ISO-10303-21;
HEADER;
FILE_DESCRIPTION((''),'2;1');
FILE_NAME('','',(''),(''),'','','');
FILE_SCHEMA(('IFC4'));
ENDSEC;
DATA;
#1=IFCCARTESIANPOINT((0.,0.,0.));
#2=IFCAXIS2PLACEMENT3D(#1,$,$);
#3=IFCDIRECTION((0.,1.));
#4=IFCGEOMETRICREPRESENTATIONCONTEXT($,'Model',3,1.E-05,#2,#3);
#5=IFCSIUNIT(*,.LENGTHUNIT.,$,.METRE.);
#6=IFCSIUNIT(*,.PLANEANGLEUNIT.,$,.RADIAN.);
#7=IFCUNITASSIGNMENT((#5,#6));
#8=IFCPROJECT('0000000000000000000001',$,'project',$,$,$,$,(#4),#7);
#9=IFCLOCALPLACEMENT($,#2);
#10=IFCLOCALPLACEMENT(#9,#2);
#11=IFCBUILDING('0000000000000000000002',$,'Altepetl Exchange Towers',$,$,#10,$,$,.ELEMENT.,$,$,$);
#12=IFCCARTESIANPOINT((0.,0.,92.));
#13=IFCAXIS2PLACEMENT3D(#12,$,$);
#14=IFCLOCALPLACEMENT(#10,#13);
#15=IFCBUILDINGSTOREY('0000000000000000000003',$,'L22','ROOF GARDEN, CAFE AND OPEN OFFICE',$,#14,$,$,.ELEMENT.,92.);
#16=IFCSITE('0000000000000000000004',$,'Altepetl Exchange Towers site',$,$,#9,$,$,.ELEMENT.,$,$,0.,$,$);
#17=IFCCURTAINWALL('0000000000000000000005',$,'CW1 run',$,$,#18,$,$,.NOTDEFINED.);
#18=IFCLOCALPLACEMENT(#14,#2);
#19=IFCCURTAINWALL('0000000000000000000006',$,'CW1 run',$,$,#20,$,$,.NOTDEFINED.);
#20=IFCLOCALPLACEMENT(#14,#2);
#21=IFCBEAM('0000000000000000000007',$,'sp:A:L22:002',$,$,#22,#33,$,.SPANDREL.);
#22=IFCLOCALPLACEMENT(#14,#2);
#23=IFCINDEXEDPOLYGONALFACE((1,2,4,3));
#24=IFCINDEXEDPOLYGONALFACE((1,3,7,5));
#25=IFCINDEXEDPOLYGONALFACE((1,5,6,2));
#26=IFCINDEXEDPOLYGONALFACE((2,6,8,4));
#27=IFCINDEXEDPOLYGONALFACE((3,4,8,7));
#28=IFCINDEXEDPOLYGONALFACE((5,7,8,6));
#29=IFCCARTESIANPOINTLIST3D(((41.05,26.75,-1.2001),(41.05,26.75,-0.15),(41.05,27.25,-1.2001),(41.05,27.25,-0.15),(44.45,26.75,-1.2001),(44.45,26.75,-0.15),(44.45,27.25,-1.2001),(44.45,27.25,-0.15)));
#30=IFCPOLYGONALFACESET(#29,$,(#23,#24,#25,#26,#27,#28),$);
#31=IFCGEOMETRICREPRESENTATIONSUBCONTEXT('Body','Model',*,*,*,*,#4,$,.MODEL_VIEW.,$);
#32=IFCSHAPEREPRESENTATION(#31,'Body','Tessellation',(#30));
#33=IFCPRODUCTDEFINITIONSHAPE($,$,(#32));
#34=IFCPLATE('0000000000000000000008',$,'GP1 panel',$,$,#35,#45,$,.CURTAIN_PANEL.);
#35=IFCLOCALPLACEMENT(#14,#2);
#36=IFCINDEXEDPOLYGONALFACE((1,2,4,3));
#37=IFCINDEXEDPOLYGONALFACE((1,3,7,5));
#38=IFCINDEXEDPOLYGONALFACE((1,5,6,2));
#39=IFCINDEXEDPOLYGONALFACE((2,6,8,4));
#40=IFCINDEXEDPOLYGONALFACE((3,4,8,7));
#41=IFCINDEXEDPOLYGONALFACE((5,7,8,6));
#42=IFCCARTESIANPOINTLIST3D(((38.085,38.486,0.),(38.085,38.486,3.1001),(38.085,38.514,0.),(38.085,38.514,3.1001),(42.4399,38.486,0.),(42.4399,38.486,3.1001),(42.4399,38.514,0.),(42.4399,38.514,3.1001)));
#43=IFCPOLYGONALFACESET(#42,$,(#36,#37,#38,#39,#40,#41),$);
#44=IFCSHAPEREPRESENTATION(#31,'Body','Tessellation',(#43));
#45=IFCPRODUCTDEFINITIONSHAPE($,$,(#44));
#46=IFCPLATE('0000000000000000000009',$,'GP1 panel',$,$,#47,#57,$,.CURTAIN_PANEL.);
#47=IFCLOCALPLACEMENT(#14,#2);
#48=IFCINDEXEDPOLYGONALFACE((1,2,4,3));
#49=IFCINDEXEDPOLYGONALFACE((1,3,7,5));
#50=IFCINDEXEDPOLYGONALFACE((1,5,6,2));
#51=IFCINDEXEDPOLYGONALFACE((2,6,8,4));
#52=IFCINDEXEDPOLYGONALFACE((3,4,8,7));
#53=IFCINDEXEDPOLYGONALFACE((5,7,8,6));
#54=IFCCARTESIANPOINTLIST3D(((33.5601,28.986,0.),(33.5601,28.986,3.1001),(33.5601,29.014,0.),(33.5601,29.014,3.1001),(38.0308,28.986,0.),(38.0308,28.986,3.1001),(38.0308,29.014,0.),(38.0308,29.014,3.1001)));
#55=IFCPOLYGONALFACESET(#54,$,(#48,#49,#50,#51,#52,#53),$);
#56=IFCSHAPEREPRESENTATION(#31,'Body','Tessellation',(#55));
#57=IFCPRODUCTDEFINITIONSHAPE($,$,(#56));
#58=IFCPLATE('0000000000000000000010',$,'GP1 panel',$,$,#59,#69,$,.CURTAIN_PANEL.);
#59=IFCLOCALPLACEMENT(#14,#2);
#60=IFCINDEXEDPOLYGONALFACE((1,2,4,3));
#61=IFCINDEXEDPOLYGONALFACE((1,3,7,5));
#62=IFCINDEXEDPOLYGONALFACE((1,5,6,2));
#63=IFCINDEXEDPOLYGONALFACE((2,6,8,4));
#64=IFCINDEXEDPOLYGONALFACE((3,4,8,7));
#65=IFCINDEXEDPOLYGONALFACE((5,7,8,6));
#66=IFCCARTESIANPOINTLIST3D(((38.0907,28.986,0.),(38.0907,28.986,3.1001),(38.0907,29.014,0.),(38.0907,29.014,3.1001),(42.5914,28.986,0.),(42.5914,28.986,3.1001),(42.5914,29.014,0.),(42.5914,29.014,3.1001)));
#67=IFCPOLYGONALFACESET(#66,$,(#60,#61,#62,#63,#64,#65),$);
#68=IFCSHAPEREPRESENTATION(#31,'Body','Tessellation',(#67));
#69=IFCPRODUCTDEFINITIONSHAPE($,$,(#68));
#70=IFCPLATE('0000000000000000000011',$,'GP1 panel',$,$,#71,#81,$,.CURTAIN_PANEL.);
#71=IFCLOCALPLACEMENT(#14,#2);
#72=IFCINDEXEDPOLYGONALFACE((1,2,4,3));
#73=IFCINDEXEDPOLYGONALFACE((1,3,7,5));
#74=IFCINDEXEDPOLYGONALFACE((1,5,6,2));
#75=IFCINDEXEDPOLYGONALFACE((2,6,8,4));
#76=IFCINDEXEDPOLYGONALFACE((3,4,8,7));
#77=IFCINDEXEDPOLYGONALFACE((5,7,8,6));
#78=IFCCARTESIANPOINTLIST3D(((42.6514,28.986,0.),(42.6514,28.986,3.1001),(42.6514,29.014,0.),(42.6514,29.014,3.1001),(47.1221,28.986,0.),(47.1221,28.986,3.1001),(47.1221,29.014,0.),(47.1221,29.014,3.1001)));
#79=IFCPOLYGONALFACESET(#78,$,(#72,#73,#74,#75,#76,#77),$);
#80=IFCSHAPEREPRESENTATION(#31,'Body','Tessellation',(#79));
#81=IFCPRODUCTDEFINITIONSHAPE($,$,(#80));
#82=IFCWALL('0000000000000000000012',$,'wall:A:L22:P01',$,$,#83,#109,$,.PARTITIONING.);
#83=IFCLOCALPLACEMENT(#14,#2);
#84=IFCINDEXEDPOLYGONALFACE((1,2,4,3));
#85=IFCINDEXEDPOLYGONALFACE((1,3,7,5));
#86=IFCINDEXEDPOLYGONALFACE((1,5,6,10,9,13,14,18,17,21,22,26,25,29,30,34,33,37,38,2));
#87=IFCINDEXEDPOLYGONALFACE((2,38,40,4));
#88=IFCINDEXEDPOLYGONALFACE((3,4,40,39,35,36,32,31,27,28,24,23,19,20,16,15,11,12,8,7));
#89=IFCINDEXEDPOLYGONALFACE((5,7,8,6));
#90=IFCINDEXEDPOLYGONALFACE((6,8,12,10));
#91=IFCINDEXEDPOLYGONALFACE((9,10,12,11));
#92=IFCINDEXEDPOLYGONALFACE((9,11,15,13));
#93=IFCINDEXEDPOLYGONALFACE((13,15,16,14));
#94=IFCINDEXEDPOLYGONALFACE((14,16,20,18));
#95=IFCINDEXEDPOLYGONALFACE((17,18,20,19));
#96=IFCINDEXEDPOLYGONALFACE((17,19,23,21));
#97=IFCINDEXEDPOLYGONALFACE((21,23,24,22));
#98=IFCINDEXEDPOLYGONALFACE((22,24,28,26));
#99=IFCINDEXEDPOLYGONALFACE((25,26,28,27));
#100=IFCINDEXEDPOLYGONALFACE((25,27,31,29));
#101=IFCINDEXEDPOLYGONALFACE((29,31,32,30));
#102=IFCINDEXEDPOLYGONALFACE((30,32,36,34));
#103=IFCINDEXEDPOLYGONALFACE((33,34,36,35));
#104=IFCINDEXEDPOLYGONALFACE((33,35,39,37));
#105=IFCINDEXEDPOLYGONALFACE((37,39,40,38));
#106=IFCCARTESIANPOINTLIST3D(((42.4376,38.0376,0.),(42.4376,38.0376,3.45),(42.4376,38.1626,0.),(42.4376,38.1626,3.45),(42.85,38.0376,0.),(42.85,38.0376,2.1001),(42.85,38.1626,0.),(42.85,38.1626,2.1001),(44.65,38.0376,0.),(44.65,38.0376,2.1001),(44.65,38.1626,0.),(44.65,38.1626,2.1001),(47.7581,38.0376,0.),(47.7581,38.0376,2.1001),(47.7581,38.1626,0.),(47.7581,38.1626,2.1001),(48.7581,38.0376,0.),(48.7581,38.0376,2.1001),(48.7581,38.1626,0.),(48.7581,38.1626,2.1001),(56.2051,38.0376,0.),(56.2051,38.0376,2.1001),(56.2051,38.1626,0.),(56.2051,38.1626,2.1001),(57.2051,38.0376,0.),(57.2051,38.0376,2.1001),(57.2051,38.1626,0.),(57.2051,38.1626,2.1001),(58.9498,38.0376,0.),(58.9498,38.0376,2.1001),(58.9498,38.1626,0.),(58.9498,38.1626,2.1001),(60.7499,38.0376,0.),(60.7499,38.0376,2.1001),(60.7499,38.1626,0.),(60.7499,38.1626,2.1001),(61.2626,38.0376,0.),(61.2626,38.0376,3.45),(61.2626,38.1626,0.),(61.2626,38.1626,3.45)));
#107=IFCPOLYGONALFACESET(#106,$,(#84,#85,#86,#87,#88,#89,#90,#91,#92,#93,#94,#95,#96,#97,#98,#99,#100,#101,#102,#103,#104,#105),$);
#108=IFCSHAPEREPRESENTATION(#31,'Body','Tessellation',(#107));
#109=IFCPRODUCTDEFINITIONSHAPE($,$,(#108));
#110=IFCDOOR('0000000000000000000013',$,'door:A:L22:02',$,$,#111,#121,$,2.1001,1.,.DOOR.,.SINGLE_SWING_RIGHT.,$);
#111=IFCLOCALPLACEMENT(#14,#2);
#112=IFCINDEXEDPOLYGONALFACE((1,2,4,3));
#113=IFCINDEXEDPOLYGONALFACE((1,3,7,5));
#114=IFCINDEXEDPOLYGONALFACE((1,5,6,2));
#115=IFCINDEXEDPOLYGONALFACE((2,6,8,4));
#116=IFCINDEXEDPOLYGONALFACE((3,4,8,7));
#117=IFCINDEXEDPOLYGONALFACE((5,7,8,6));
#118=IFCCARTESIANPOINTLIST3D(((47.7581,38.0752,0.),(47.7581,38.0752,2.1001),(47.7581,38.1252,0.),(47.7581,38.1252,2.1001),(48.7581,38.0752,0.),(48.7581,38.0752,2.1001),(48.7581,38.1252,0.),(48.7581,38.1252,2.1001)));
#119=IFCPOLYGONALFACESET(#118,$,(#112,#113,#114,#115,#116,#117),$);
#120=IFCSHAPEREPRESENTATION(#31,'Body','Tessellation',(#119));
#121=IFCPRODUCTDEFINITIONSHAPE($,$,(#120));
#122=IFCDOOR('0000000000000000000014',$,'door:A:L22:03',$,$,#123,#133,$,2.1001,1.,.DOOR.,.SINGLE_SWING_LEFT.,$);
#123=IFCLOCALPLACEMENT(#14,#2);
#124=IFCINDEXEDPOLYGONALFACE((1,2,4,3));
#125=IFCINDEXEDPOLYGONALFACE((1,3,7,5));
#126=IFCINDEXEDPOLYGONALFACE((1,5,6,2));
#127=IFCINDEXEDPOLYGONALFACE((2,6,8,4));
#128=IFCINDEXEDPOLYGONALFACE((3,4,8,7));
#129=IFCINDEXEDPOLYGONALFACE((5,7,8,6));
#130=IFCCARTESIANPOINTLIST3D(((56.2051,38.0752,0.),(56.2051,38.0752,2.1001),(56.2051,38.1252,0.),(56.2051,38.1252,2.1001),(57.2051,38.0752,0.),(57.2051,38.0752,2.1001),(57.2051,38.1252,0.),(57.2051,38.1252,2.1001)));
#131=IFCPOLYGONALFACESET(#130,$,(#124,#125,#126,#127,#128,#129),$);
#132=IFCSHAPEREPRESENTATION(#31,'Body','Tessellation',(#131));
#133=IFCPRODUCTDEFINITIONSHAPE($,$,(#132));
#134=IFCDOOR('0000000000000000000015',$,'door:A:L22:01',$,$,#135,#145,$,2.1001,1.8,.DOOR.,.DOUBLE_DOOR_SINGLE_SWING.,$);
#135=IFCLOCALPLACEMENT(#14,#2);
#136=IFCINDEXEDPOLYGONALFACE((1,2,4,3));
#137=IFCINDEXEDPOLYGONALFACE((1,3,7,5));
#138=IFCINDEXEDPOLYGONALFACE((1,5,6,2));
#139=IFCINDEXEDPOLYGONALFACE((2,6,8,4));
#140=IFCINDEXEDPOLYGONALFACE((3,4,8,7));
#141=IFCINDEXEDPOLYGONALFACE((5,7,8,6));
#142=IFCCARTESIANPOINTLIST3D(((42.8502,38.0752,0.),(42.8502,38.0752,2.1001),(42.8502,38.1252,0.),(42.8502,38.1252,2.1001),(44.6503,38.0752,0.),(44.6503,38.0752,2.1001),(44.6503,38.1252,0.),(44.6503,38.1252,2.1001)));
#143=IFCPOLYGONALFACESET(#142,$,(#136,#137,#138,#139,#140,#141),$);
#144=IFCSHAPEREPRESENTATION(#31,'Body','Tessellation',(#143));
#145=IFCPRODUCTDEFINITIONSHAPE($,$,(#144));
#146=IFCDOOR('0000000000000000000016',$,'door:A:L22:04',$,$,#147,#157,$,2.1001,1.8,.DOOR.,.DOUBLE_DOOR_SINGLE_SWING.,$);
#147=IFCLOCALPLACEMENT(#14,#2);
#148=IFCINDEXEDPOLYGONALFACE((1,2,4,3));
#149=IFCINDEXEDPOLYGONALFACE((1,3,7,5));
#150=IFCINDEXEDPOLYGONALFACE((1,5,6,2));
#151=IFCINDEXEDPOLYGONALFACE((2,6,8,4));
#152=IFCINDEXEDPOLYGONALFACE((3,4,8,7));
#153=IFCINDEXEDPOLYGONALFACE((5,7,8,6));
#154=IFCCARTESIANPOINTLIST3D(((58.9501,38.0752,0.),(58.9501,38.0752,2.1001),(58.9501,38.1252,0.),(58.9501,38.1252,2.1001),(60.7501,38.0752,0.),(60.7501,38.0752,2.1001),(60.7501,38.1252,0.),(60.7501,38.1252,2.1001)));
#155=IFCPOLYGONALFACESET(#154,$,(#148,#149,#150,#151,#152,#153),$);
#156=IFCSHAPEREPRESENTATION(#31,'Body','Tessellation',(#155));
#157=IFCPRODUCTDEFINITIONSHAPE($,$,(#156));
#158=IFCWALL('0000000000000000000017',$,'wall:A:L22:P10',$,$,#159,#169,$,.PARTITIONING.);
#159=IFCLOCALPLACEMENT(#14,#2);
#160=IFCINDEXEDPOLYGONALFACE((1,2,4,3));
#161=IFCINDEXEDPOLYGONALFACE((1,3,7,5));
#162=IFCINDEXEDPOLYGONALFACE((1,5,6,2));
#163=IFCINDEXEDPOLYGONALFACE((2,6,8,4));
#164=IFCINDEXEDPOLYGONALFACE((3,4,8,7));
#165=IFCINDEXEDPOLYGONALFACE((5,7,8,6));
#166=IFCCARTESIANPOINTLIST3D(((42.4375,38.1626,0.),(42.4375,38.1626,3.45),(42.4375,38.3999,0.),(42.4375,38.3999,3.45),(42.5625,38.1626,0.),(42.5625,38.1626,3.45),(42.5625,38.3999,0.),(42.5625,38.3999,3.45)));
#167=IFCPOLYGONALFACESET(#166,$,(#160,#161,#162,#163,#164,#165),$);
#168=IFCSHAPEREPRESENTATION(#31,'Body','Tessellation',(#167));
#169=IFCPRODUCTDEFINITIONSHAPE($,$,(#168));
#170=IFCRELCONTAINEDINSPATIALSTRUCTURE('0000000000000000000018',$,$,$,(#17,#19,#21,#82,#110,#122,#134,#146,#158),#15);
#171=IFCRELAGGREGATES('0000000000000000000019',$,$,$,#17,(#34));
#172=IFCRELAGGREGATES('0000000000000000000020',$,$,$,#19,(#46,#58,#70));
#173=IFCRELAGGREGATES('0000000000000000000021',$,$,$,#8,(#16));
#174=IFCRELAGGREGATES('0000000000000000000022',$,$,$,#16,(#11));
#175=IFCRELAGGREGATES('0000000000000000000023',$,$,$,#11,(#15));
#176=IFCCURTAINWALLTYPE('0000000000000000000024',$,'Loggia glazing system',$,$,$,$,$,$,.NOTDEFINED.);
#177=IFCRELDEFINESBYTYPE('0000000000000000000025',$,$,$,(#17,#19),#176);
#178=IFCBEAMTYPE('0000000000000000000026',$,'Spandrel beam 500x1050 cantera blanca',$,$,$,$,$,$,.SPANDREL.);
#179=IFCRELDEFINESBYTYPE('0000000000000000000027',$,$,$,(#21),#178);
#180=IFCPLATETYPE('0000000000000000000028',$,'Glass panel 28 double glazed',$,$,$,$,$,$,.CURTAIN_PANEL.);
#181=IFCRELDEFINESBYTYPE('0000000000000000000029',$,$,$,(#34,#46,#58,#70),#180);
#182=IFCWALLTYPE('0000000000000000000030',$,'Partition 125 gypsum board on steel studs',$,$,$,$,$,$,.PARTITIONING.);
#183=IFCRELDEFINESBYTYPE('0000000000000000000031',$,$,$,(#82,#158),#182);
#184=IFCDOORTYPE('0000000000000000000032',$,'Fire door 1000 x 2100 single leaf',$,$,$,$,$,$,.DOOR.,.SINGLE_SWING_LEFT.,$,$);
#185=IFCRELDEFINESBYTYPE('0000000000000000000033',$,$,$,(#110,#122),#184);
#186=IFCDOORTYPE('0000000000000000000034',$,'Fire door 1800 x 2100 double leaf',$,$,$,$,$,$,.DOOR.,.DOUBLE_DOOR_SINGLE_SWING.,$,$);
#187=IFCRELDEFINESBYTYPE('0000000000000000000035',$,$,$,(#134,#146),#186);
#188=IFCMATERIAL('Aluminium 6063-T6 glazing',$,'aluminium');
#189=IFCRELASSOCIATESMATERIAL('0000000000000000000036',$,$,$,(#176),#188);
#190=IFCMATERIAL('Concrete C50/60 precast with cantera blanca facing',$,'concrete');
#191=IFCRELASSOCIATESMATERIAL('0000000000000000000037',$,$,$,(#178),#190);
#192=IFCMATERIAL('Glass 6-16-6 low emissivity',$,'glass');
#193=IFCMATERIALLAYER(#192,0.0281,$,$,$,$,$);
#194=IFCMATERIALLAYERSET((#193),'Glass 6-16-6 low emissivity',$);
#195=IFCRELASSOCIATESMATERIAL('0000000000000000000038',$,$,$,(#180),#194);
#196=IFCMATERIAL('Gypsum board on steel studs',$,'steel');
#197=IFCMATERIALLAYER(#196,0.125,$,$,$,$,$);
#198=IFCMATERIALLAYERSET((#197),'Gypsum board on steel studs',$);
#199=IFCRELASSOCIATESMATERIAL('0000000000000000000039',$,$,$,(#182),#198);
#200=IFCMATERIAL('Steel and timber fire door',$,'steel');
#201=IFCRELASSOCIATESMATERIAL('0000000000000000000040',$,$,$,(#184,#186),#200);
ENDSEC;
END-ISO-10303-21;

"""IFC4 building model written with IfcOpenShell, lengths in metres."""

from ifc_helpers import new_model, si_unit, direction, frame, frame_2d, origin, origin_2d, place, context, subcontext, project, spatial, rectangle, extrude, material, layer, layer_set, material_profile, profile_set, type_object, element, fill, aggregate, save


model = new_model("IFC4")

# Units and contexts
model_context = context("Model", 3, precision=1e-05, world=origin(), true_north=direction((0.0, 1.0)))
body_context = subcontext(model_context, "Body", "Model", "MODEL_VIEW")
ifc_project = project(units=[si_unit("LENGTHUNIT", "METRE"), si_unit("PLANEANGLEUNIT", "RADIAN")], contexts=[model_context])

# Site, building, storey
site_placement = place(None, origin())
site = spatial("IfcSite", under=ifc_project, at=site_placement, Name="Altepetl Exchange Towers site", CompositionType="ELEMENT", RefElevation=0.0)
building_placement = place(site_placement, origin())
building = spatial("IfcBuilding", under=site, at=building_placement, Name="Altepetl Exchange Towers", CompositionType="ELEMENT")
storey_placement = place(building_placement, frame((0.0, 0.0, 92.0)))
storey = spatial("IfcBuildingStorey", under=building, at=storey_placement, Name="L22", Description="ROOF GARDEN, CAFE AND OPEN OFFICE", CompositionType="ELEMENT", Elevation=92.0)

# Shared definitions
ifc_material_1 = material(Name="Aluminium 6063-T6 glazing", Category="aluminium")
curtain_wall_type = type_object("IfcCurtainWallType", Name="Loggia glazing system", PredefinedType="NOTDEFINED", material=ifc_material_1)

# Curtain walls
curtain_wall_1_placement = place(storey_placement, origin())
curtain_wall_1 = element("IfcCurtainWall", 1, at=curtain_wall_1_placement, inside=storey, type_object=curtain_wall_type, Name="CW1 run", PredefinedType="NOTDEFINED")
curtain_wall_2_placement = place(storey_placement, origin())
curtain_wall_2 = element("IfcCurtainWall", 2, at=curtain_wall_2_placement, inside=storey, type_object=curtain_wall_type, Name="CW1 run", PredefinedType="NOTDEFINED")

# Beam
ifc_material_2 = material(Name="Concrete C50/60 precast with cantera blanca facing", Category="concrete")
ifc_material_profile_1 = material_profile(ifc_material_2, rectangle(XDim=0.5, YDim=1.05, at=origin_2d()), Name="500 x 1050")
ifc_profile_set_1 = profile_set([ifc_material_profile_1], Name="Concrete C50/60 precast with cantera blanca facing")
beam_type_1 = type_object("IfcBeamType", Name="Spandrel beam 500x1050 cantera blanca", PredefinedType="SPANDREL", material=ifc_profile_set_1)
for number, where, z_axis, x_axis, name in (
    (3, (41.05, 27.0, -0.675), (1.0, 0.0, 0.0), (0.0, 1.0, 0.0), "sp:A:L22:002"),
):
    element("IfcBeam", number, at=place(storey_placement, frame(where, z_axis=z_axis, x_axis=x_axis)), inside=storey, type_object=beam_type_1, Name=name, PredefinedType="SPANDREL", context=body_context, shape_type="SweptSolid", body=[
        extrude(rectangle(XDim=0.5, YDim=1.05, at=origin_2d()), origin(), (0.0, 0.0, 1.0), 3.3999),
    ])

# Plates
ifc_material_3 = material(Name="Glass 6-16-6 low emissivity", Category="glass")
ifc_layer_1 = layer(ifc_material_3, 0.0281)
ifc_layer_set_1 = layer_set([ifc_layer_1], Name="Glass 6-16-6 low emissivity")
plate_type = type_object("IfcPlateType", Name="Glass panel 28 double glazed", PredefinedType="CURTAIN_PANEL", material=ifc_layer_set_1)
plate_1_placement = place(storey_placement, frame((40.2625, 38.5, 0.0), z_axis=(0.0, 0.0, 1.0), x_axis=(-1.0, 0.0, 0.0)))
plate_1 = element("IfcPlate", 4, at=plate_1_placement, type_object=plate_type, Name="GP1 panel", PredefinedType="CURTAIN_PANEL", context=body_context, shape_type="SweptSolid", body=[
    extrude(rectangle(XDim=4.355, YDim=0.0281, at=origin_2d()), origin(), (0.0, 0.0, 1.0), 3.1001),
])
aggregate(curtain_wall_1, [plate_1])
plate_2_placement = place(storey_placement, frame((35.7954, 29.0, 0.0)))
plate_2 = element("IfcPlate", 5, at=plate_2_placement, type_object=plate_type, Name="GP1 panel", PredefinedType="CURTAIN_PANEL", context=body_context, shape_type="SweptSolid", body=[
    extrude(rectangle(XDim=4.4707, YDim=0.0281, at=origin_2d()), origin(), (0.0, 0.0, 1.0), 3.1001),
])
plate_3_placement = place(storey_placement, frame((40.3411, 29.0, 0.0)))
plate_3 = element("IfcPlate", 6, at=plate_3_placement, type_object=plate_type, Name="GP1 panel", PredefinedType="CURTAIN_PANEL", context=body_context, shape_type="SweptSolid", body=[
    extrude(rectangle(XDim=4.5007, YDim=0.0281, at=origin_2d()), origin(), (0.0, 0.0, 1.0), 3.1001),
])
plate_4_placement = place(storey_placement, frame((44.8867, 29.0, 0.0)))
plate_4 = element("IfcPlate", 7, at=plate_4_placement, type_object=plate_type, Name="GP1 panel", PredefinedType="CURTAIN_PANEL", context=body_context, shape_type="SweptSolid", body=[
    extrude(rectangle(XDim=4.4707, YDim=0.0281, at=origin_2d()), origin(), (0.0, 0.0, 1.0), 3.1001),
])
aggregate(curtain_wall_2, [plate_2, plate_3, plate_4])

# Wall, openings, doors
ifc_material_4 = material(Name="Gypsum board on steel studs", Category="steel")
ifc_layer_2 = layer(ifc_material_4, 0.125)
ifc_layer_set_2 = layer_set([ifc_layer_2], Name="Gypsum board on steel studs")
wall_type_1 = type_object("IfcWallType", Name="Partition 125 gypsum board on steel studs", PredefinedType="PARTITIONING", material=ifc_layer_set_2)
wall_1_placement = place(storey_placement, frame((42.4375, 38.1001, 0.0)))
wall_1 = element("IfcWall", 8, at=wall_1_placement, inside=storey, type_object=wall_type_1, Name="wall:A:L22:P01", PredefinedType="PARTITIONING", context=body_context, shape_type="SweptSolid", body=[
    extrude(rectangle(XDim=18.825, YDim=0.125, at=frame_2d((9.4126, 0.0))), origin(), (0.0, 0.0, 1.0), 3.45),
])
opening_1_placement = place(wall_1_placement, frame((0.4126, 0.0, 0.0)))
opening_1 = element("IfcOpeningElement", 9, at=opening_1_placement, cuts=wall_1, PredefinedType="OPENING", context=body_context, shape_type="SweptSolid", body=[
    extrude(rectangle(XDim=1.8, YDim=2.1001, at=frame_2d((0.8999, 1.05))), frame((0.0, 0.0725, 0.0), z_axis=(0.0, -1.0, 0.0), x_axis=(1.0, 0.0, 0.0)), (0.0, 0.0, 1.0), 0.145),
])
opening_2_placement = place(wall_1_placement, frame((5.3206, 0.0, 0.0)))
opening_2 = element("IfcOpeningElement", 10, at=opening_2_placement, cuts=wall_1, PredefinedType="OPENING", context=body_context, shape_type="SweptSolid", body=[
    extrude(rectangle(XDim=1.0, YDim=2.1001, at=frame_2d((0.5, 1.05))), frame((0.0, 0.0725, 0.0), z_axis=(0.0, -1.0, 0.0), x_axis=(1.0, 0.0, 0.0)), (0.0, 0.0, 1.0), 0.145),
])
opening_3_placement = place(wall_1_placement, frame((13.7676, 0.0, 0.0)))
opening_3 = element("IfcOpeningElement", 11, at=opening_3_placement, cuts=wall_1, PredefinedType="OPENING", context=body_context, shape_type="SweptSolid", body=[
    extrude(rectangle(XDim=1.0, YDim=2.1001, at=frame_2d((0.5, 1.05))), frame((0.0, 0.0725, 0.0), z_axis=(0.0, -1.0, 0.0), x_axis=(1.0, 0.0, 0.0)), (0.0, 0.0, 1.0), 0.145),
])
opening_4_placement = place(wall_1_placement, frame((16.5125, 0.0, 0.0)))
opening_4 = element("IfcOpeningElement", 12, at=opening_4_placement, cuts=wall_1, PredefinedType="OPENING", context=body_context, shape_type="SweptSolid", body=[
    extrude(rectangle(XDim=1.8, YDim=2.1001, at=frame_2d((0.8999, 1.05))), frame((0.0, 0.0725, 0.0), z_axis=(0.0, -1.0, 0.0), x_axis=(1.0, 0.0, 0.0)), (0.0, 0.0, 1.0), 0.145),
])
ifc_material_5 = material(Name="Steel and timber fire door", Category="steel")
door_type_1 = type_object("IfcDoorType", Name="Fire door 1000 x 2100 single leaf", OperationType="SINGLE_SWING_LEFT", PredefinedType="DOOR", material=ifc_material_5)
door_1_placement = place(opening_2_placement, frame((1.0, 0.0, 0.0), x_axis=(-1.0, 0.0, 0.0)))
door_1 = element("IfcDoor", 13, at=door_1_placement, inside=storey, type_object=door_type_1, Name="door:A:L22:02", OperationType="SINGLE_SWING_RIGHT", OverallHeight=2.1001, OverallWidth=1.0, PredefinedType="DOOR", context=body_context, shape_type="SweptSolid", body=[
    extrude(rectangle(XDim=1.0, YDim=2.1001, at=frame_2d((0.5, 1.05))), frame((0.0, 0.0249, 0.0), z_axis=(0.0, -1.0, 0.0), x_axis=(1.0, 0.0, 0.0)), (0.0, 0.0, 1.0), 0.05),
])
fill(opening_2, door_1)
door_2_placement = place(opening_3_placement, frame((1.0, 0.0, 0.0), x_axis=(-1.0, 0.0, 0.0)))
door_2 = element("IfcDoor", 14, at=door_2_placement, inside=storey, type_object=door_type_1, Name="door:A:L22:03", OperationType="SINGLE_SWING_LEFT", OverallHeight=2.1001, OverallWidth=1.0, PredefinedType="DOOR", context=body_context, shape_type="SweptSolid", body=[
    extrude(rectangle(XDim=1.0, YDim=2.1001, at=frame_2d((0.5, 1.05))), frame((0.0, 0.0249, 0.0), z_axis=(0.0, -1.0, 0.0), x_axis=(1.0, 0.0, 0.0)), (0.0, 0.0, 1.0), 0.05),
])
fill(opening_3, door_2)
door_type_2 = type_object("IfcDoorType", Name="Fire door 1800 x 2100 double leaf", OperationType="DOUBLE_DOOR_SINGLE_SWING", PredefinedType="DOOR", material=ifc_material_5)
door_3_placement = place(opening_1_placement, frame((1.8, 0.0, 0.0), x_axis=(-1.0, 0.0, 0.0)))
door_3 = element("IfcDoor", 15, at=door_3_placement, inside=storey, type_object=door_type_2, Name="door:A:L22:01", OperationType="DOUBLE_DOOR_SINGLE_SWING", OverallHeight=2.1001, OverallWidth=1.8, PredefinedType="DOOR", context=body_context, shape_type="SweptSolid", body=[
    extrude(rectangle(XDim=1.8, YDim=2.1001, at=frame_2d((0.8999, 1.05))), frame((0.0, 0.0249, 0.0), z_axis=(0.0, -1.0, 0.0), x_axis=(1.0, 0.0, 0.0)), (0.0, 0.0, 1.0), 0.05),
])
fill(opening_1, door_3)
door_4_placement = place(opening_4_placement, frame((1.8, 0.0, 0.0), x_axis=(-1.0, 0.0, 0.0)))
door_4 = element("IfcDoor", 16, at=door_4_placement, inside=storey, type_object=door_type_2, Name="door:A:L22:04", OperationType="DOUBLE_DOOR_SINGLE_SWING", OverallHeight=2.1001, OverallWidth=1.8, PredefinedType="DOOR", context=body_context, shape_type="SweptSolid", body=[
    extrude(rectangle(XDim=1.8, YDim=2.1001, at=frame_2d((0.8999, 1.05))), frame((0.0, 0.0249, 0.0), z_axis=(0.0, -1.0, 0.0), x_axis=(1.0, 0.0, 0.0)), (0.0, 0.0, 1.0), 0.05),
])
fill(opening_4, door_4)

# Wall
wall_2_placement = place(storey_placement, frame((42.5, 38.1626, 0.0), z_axis=(0.0, 0.0, 1.0), x_axis=(0.0, 1.0, 0.0)))
element("IfcWall", 17, at=wall_2_placement, inside=storey, type_object=wall_type_1, Name="wall:A:L22:P10", PredefinedType="PARTITIONING", context=body_context, shape_type="SweptSolid", body=[
    extrude(rectangle(XDim=0.2373, YDim=0.125, at=frame_2d((0.1187, 0.0))), origin(), (0.0, 0.0, 1.0), 3.45),
])

save(model, "model.ifc")
